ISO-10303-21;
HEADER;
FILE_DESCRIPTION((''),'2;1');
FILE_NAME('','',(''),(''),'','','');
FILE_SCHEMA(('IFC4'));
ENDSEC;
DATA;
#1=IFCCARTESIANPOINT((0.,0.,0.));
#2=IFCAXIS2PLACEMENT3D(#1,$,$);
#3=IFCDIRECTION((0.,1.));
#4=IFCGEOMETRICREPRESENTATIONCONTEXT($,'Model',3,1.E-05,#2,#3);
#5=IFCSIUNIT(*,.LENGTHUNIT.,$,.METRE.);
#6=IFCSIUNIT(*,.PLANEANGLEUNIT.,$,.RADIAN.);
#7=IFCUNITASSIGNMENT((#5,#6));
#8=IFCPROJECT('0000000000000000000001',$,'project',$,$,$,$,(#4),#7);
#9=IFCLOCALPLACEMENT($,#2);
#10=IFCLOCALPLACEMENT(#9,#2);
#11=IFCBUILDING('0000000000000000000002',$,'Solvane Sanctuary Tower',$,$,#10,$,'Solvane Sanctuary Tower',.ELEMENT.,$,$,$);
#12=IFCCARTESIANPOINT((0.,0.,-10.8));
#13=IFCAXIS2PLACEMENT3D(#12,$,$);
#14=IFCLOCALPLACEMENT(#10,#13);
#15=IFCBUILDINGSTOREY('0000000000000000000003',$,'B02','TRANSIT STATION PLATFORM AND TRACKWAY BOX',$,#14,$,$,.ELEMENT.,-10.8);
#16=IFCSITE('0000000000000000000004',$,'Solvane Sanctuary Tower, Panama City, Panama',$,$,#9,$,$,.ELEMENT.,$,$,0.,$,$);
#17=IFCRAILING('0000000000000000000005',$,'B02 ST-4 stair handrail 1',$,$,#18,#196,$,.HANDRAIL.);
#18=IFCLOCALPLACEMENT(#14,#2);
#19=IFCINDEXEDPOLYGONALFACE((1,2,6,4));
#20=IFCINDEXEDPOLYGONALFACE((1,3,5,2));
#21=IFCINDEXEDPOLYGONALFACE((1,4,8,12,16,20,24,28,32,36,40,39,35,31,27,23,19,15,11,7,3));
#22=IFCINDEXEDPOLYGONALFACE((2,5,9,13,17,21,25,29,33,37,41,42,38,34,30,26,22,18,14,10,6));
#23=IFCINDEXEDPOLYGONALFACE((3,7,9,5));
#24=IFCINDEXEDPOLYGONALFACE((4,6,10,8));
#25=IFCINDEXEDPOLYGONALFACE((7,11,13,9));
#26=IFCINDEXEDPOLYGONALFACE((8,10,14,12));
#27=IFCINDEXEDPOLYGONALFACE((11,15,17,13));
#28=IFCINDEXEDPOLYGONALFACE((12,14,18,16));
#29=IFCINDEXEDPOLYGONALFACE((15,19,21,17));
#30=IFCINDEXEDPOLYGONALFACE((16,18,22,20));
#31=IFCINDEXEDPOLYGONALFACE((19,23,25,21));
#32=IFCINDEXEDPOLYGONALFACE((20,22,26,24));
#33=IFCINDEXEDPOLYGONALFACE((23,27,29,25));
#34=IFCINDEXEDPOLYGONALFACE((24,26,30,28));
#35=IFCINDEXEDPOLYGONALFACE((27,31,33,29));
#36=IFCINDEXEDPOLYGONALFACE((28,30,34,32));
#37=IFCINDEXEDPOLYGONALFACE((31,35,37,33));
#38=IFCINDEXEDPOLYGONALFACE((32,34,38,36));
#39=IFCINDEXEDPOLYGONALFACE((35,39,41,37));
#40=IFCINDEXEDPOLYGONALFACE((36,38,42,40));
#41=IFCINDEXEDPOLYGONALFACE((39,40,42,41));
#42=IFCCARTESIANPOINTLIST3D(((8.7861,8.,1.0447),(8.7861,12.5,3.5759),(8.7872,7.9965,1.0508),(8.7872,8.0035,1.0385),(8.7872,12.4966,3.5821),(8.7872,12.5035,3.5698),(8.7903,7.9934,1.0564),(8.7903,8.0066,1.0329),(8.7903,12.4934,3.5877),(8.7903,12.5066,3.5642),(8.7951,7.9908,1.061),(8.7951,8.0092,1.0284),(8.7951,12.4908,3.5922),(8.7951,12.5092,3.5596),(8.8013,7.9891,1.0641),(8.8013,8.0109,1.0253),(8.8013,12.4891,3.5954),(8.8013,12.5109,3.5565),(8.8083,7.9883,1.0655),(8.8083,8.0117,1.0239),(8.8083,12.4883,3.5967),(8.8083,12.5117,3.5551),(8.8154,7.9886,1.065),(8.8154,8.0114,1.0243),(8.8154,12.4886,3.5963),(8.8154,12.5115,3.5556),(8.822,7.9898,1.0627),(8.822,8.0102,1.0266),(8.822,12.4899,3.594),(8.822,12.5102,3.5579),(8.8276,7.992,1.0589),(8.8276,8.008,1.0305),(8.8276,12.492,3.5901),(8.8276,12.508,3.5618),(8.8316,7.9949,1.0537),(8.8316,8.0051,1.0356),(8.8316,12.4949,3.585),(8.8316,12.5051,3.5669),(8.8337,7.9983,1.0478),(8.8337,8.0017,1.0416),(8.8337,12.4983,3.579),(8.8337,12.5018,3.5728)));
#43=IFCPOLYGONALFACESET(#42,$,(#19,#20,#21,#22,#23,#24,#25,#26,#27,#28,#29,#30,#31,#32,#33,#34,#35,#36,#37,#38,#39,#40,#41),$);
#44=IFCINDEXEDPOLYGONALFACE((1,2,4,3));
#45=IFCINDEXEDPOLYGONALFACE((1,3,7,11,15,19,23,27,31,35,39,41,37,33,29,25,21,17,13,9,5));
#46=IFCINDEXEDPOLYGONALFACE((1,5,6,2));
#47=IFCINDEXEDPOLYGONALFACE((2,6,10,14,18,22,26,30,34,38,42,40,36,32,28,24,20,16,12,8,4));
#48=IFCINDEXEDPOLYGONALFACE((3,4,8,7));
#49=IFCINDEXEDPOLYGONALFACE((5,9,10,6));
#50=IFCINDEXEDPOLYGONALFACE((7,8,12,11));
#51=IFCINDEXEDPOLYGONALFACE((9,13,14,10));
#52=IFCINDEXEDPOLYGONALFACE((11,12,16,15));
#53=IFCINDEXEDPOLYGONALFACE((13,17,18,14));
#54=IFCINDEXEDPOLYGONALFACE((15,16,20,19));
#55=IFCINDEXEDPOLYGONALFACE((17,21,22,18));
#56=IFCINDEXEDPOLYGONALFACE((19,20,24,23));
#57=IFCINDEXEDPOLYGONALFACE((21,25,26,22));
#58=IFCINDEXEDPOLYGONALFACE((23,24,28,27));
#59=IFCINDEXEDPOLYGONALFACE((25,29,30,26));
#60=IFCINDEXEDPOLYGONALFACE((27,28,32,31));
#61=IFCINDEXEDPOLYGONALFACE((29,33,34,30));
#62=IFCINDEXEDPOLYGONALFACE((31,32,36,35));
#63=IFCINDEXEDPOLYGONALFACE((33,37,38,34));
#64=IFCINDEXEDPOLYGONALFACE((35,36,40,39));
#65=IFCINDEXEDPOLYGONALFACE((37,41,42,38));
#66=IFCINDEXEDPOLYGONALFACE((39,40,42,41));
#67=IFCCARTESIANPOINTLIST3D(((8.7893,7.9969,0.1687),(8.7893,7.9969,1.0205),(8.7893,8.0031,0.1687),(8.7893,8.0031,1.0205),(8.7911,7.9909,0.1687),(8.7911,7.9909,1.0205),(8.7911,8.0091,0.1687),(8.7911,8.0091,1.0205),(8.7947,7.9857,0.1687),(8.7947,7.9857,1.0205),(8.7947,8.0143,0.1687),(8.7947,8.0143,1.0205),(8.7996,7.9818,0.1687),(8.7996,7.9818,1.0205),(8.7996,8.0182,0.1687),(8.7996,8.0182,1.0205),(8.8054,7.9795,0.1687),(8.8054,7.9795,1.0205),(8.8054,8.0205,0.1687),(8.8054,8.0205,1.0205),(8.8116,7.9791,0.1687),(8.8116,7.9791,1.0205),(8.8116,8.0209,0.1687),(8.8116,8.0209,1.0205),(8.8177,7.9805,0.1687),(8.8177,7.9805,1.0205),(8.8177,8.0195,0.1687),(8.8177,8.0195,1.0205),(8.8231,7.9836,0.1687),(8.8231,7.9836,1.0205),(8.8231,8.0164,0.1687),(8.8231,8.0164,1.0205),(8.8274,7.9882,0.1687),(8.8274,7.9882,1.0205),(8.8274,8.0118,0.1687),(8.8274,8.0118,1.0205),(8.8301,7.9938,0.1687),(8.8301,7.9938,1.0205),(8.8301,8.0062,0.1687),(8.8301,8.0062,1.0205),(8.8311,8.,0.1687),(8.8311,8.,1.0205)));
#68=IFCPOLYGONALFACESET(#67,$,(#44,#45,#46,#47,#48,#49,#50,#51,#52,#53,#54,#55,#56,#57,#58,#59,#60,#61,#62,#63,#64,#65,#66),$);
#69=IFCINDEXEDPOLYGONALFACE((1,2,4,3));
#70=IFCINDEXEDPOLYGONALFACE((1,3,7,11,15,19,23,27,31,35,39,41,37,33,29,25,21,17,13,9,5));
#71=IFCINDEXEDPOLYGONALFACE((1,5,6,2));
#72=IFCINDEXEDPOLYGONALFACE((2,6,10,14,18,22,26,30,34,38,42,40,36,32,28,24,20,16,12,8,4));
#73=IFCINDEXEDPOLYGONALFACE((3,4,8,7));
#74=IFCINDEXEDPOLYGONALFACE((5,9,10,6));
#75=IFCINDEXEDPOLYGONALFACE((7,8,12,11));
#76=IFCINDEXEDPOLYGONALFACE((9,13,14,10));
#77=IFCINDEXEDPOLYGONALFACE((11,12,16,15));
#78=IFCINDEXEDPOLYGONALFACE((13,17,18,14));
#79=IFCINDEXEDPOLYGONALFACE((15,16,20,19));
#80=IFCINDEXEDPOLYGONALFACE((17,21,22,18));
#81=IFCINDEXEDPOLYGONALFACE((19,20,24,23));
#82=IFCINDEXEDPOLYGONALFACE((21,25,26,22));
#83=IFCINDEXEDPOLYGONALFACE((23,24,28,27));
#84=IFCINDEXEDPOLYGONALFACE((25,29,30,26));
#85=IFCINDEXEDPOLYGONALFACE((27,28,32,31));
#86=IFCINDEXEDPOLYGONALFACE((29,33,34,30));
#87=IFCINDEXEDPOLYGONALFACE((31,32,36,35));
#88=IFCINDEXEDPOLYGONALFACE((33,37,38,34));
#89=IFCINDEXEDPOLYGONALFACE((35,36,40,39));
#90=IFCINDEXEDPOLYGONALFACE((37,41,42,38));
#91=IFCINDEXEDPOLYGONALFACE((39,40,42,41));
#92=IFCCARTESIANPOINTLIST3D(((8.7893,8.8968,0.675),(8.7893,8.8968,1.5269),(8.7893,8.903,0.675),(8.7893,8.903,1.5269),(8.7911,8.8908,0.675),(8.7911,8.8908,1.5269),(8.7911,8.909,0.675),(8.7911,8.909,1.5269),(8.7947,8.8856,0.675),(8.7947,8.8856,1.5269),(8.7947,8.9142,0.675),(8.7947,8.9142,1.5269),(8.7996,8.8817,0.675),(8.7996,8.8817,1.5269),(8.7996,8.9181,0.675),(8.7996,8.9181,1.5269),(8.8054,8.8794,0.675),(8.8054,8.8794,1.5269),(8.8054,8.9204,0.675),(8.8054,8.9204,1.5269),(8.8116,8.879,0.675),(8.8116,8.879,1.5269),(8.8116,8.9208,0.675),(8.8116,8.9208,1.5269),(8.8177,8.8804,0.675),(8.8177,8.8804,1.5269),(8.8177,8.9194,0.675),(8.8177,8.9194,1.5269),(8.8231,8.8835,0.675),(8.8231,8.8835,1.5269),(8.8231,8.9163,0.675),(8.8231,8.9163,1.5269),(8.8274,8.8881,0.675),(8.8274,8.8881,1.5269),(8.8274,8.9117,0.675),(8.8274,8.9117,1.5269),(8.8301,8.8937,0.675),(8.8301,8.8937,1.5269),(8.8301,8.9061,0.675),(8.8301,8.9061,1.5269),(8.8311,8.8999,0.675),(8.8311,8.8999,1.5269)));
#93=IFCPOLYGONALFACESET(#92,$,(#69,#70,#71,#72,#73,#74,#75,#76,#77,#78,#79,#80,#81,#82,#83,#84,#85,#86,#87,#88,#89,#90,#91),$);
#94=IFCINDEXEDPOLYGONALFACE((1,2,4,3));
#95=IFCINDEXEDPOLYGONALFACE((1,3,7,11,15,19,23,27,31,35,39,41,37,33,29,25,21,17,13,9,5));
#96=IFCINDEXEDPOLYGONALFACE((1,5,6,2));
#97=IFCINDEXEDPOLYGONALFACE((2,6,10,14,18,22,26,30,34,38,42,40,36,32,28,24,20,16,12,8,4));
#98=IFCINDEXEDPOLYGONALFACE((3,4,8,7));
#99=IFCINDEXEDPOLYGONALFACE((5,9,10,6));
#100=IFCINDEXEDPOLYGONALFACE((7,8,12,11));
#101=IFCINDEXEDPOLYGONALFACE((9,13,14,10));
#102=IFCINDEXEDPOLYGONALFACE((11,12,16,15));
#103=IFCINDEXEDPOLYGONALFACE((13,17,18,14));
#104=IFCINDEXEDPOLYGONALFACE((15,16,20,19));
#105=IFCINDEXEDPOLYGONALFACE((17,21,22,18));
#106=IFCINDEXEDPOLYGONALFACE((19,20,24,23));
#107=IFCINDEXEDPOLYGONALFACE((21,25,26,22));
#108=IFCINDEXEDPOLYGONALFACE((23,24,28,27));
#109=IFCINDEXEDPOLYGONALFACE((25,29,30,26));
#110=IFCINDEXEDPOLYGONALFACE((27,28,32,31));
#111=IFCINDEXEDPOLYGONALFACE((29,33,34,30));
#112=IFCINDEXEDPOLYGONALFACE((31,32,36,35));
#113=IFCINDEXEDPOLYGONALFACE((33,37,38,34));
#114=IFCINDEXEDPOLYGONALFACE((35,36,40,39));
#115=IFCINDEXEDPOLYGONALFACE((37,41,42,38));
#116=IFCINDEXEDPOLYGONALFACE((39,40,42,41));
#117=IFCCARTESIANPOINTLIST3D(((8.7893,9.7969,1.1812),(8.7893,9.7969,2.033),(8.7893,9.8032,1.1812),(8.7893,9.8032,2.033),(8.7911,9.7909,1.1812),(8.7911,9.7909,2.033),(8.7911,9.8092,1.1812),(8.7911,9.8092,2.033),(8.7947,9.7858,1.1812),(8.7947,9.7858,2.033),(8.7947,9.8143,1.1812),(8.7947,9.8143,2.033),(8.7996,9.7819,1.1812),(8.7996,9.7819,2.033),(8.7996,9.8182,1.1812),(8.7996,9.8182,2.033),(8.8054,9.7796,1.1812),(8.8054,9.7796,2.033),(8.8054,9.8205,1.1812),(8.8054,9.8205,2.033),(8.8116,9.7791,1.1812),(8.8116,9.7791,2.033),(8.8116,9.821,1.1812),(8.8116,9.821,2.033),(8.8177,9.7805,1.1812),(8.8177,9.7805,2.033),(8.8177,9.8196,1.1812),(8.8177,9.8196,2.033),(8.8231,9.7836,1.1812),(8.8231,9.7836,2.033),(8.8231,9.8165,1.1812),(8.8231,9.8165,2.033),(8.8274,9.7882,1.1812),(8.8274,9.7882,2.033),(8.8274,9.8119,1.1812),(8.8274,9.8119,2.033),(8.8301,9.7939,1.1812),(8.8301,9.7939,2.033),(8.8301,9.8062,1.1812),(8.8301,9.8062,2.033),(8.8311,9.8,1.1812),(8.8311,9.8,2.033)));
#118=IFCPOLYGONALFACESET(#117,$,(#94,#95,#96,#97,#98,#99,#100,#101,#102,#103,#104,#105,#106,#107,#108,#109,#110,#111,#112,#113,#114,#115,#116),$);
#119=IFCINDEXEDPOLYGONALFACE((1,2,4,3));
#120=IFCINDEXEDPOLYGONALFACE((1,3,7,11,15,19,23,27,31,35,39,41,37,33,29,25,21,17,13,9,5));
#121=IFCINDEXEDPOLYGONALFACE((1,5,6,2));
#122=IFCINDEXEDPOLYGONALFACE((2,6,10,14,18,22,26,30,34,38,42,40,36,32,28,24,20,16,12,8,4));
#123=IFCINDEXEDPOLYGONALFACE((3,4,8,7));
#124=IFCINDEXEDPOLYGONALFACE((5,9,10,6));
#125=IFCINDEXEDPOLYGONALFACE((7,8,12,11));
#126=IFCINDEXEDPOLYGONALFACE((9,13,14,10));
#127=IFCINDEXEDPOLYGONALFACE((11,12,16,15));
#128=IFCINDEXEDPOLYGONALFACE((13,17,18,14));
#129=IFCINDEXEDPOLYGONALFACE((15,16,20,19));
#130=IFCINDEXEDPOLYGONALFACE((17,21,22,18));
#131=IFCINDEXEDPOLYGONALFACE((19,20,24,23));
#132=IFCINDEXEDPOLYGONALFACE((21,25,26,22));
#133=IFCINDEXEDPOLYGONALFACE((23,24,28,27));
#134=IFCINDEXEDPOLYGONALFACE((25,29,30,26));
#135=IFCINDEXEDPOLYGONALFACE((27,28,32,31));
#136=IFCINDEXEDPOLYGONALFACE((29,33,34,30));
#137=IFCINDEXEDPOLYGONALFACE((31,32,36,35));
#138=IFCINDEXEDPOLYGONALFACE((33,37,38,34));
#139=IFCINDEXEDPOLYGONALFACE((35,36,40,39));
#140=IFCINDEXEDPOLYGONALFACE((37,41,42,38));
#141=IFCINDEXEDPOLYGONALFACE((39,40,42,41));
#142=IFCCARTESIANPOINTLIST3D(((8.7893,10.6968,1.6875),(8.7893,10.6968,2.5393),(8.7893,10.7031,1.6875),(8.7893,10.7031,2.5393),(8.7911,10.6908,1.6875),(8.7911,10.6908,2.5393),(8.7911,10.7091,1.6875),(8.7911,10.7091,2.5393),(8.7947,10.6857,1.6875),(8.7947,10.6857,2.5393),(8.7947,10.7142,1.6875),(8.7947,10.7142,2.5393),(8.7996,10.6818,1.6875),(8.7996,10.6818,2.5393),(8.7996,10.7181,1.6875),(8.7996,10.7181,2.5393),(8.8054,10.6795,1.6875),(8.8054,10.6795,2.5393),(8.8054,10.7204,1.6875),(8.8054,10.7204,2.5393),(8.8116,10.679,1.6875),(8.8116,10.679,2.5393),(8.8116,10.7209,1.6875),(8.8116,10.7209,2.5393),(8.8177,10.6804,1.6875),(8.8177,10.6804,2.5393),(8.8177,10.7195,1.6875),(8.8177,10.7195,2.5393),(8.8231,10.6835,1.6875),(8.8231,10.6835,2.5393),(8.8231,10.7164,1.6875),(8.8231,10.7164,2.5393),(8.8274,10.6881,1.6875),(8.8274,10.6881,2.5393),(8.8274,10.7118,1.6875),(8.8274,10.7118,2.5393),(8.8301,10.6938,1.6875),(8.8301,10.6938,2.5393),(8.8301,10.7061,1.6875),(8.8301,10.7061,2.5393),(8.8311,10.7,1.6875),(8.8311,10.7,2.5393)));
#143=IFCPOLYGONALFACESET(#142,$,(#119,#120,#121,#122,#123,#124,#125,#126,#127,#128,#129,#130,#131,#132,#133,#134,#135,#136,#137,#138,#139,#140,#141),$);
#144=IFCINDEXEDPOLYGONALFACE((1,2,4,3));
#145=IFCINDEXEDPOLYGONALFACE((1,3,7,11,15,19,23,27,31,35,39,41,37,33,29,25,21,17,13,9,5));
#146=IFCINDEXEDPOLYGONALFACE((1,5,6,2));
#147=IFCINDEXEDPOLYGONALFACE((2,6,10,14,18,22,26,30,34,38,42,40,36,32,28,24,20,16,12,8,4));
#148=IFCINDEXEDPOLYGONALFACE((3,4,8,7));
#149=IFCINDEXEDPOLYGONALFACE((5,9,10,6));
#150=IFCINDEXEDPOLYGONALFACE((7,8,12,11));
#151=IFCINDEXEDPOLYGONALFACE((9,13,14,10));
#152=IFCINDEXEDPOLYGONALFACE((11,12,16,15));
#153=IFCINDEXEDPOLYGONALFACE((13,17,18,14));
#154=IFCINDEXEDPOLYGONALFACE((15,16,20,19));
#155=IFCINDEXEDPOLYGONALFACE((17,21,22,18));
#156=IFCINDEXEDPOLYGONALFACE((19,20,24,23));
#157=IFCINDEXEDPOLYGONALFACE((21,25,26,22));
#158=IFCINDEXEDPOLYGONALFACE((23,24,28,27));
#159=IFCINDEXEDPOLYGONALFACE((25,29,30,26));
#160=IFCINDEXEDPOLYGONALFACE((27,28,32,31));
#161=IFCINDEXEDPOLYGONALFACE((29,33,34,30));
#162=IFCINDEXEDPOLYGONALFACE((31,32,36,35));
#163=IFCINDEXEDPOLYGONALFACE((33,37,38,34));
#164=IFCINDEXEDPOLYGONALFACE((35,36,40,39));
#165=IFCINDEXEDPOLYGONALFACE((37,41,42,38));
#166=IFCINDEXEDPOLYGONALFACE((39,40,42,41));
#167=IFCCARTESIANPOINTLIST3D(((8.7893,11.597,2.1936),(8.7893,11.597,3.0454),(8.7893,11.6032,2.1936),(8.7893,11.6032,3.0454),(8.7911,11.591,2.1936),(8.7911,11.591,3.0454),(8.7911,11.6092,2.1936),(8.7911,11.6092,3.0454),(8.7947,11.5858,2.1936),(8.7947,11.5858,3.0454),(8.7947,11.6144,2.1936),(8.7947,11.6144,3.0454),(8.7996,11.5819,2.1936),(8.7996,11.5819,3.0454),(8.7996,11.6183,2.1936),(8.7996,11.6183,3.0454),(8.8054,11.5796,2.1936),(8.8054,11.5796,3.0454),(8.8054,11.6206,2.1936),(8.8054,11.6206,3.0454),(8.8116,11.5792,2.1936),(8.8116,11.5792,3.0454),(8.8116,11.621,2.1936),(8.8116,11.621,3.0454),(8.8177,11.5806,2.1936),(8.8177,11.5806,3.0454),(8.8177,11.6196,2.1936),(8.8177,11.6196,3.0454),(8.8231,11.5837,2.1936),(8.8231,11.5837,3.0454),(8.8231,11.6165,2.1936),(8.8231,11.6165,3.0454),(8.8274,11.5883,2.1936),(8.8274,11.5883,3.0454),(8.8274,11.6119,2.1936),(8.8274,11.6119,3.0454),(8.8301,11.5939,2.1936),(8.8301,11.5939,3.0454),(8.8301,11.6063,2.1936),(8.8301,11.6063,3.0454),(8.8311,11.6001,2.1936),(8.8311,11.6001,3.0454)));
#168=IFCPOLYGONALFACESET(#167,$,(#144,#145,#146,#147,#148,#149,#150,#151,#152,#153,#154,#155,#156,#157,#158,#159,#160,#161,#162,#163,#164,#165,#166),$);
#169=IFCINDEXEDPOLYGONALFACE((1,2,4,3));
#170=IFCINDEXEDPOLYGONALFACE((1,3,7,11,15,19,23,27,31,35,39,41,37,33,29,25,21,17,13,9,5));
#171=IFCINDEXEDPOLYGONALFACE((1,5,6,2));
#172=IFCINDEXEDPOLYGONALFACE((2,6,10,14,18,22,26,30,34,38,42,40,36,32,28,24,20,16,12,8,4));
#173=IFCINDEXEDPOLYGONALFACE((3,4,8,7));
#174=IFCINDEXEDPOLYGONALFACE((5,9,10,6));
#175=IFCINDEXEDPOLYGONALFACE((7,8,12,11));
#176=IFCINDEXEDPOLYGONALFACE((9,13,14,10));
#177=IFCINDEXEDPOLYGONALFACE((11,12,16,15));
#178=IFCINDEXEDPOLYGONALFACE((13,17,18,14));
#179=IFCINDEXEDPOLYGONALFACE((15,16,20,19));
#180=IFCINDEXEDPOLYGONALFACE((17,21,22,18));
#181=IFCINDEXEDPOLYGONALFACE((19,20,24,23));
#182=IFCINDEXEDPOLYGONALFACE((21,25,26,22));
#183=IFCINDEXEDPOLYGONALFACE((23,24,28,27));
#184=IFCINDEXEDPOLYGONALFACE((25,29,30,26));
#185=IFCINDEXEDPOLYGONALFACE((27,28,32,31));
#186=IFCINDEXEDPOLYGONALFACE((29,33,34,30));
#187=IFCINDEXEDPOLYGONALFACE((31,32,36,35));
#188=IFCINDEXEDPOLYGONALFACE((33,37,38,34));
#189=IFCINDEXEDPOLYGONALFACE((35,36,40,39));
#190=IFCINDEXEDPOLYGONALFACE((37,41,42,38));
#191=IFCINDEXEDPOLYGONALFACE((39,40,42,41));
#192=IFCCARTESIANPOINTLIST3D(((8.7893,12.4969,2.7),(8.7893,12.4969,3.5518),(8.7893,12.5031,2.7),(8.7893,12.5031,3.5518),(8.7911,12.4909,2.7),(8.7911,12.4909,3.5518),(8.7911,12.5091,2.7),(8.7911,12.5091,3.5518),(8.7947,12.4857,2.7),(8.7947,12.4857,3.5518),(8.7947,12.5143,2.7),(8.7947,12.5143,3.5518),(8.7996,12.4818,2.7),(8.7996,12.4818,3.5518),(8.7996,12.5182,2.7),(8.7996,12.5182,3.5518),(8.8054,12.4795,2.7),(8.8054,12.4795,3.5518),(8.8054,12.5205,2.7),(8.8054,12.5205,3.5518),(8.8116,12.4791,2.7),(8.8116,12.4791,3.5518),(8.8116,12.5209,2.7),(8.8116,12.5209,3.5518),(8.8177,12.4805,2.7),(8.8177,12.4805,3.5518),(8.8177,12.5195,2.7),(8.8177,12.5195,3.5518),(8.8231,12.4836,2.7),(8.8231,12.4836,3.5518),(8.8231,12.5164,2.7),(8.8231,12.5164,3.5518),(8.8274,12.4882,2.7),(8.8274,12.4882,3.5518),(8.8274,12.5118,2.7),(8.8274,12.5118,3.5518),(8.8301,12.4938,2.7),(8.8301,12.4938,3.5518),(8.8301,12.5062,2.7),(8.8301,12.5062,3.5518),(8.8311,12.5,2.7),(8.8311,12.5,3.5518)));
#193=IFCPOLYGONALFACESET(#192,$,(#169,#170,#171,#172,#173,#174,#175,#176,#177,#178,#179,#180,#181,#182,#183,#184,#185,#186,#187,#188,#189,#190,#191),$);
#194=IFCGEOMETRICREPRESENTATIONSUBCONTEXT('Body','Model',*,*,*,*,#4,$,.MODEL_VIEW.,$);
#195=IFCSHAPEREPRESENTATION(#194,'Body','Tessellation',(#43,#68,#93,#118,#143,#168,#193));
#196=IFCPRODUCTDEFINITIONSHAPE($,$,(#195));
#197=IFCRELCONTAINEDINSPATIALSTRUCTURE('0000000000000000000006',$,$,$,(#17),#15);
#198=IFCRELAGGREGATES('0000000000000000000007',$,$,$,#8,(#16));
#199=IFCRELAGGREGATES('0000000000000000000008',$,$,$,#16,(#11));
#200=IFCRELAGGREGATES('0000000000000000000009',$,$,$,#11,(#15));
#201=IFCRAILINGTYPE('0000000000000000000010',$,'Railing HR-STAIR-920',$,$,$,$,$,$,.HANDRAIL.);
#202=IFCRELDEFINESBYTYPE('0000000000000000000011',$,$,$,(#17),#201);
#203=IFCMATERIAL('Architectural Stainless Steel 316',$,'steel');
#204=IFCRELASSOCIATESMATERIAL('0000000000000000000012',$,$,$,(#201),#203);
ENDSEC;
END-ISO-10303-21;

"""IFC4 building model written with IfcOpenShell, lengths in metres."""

from ifc_helpers import new_model, si_unit, direction, frame, origin, origin_2d, place, context, subcontext, project, spatial, circle, extrude, material, type_object, element, save


model = new_model("IFC4")

# Units and contexts
model_context = context("Model", 3, precision=1e-05, world=origin(), true_north=direction((0.0, 1.0)))
body_context = subcontext(model_context, "Body", "Model", "MODEL_VIEW")
ifc_project = project(units=[si_unit("LENGTHUNIT", "METRE"), si_unit("PLANEANGLEUNIT", "RADIAN")], contexts=[model_context])

# Site, building, storey
site_placement = place(None, origin())
site = spatial("IfcSite", under=ifc_project, at=site_placement, Name="Solvane Sanctuary Tower, Panama City, Panama", CompositionType="ELEMENT", RefElevation=0.0)
building_placement = place(site_placement, origin())
building = spatial("IfcBuilding", under=site, at=building_placement, Name="Solvane Sanctuary Tower", LongName="Solvane Sanctuary Tower", CompositionType="ELEMENT")
storey_placement = place(building_placement, frame((0.0, 0.0, -10.8)))
storey = spatial("IfcBuildingStorey", under=building, at=storey_placement, Name="B02", Description="TRANSIT STATION PLATFORM AND TRACKWAY BOX", CompositionType="ELEMENT", Elevation=-10.8)

# Shared definitions
ifc_material_1 = material(Name="Architectural Stainless Steel 316", Category="steel")

# Railing
railing_type_1 = type_object("IfcRailingType", Name="Railing HR-STAIR-920", PredefinedType="HANDRAIL", material=ifc_material_1)
railing_1_placement = place(storey_placement, frame((8.8101, 8.0, 0.1687)))
element("IfcRailing", 1, at=railing_1_placement, inside=storey, type_object=railing_type_1, Name="B02 ST-4 stair handrail 1", PredefinedType="HANDRAIL", context=body_context, shape_type="SweptSolid", body=[
    extrude(circle(Radius=0.0239, at=origin_2d()), frame((0.0, 0.0, 0.876), z_axis=(0.0, 0.871576, 0.490261), x_axis=(-1.0, 0.0, 0.0)), (0.0, 0.0, 1.0), 5.1631),
    extrude(circle(Radius=0.021, at=origin_2d()), origin(), (0.0, 0.0, 1.0), 0.8518),
    extrude(circle(Radius=0.021, at=origin_2d()), frame((0.0, 0.8999, 0.5063)), (0.0, 0.0, 1.0), 0.8518),
    extrude(circle(Radius=0.021, at=origin_2d()), frame((0.0, 1.8, 1.0125)), (0.0, 0.0, 1.0), 0.8518),
    extrude(circle(Radius=0.021, at=origin_2d()), frame((0.0, 2.7, 1.5188)), (0.0, 0.0, 1.0), 0.8518),
    extrude(circle(Radius=0.021, at=origin_2d()), frame((0.0, 3.6001, 2.0249)), (0.0, 0.0, 1.0), 0.8518),
    extrude(circle(Radius=0.021, at=origin_2d()), frame((0.0, 4.5, 2.5312)), (0.0, 0.0, 1.0), 0.8518),
])

save(model, "model.ifc")
